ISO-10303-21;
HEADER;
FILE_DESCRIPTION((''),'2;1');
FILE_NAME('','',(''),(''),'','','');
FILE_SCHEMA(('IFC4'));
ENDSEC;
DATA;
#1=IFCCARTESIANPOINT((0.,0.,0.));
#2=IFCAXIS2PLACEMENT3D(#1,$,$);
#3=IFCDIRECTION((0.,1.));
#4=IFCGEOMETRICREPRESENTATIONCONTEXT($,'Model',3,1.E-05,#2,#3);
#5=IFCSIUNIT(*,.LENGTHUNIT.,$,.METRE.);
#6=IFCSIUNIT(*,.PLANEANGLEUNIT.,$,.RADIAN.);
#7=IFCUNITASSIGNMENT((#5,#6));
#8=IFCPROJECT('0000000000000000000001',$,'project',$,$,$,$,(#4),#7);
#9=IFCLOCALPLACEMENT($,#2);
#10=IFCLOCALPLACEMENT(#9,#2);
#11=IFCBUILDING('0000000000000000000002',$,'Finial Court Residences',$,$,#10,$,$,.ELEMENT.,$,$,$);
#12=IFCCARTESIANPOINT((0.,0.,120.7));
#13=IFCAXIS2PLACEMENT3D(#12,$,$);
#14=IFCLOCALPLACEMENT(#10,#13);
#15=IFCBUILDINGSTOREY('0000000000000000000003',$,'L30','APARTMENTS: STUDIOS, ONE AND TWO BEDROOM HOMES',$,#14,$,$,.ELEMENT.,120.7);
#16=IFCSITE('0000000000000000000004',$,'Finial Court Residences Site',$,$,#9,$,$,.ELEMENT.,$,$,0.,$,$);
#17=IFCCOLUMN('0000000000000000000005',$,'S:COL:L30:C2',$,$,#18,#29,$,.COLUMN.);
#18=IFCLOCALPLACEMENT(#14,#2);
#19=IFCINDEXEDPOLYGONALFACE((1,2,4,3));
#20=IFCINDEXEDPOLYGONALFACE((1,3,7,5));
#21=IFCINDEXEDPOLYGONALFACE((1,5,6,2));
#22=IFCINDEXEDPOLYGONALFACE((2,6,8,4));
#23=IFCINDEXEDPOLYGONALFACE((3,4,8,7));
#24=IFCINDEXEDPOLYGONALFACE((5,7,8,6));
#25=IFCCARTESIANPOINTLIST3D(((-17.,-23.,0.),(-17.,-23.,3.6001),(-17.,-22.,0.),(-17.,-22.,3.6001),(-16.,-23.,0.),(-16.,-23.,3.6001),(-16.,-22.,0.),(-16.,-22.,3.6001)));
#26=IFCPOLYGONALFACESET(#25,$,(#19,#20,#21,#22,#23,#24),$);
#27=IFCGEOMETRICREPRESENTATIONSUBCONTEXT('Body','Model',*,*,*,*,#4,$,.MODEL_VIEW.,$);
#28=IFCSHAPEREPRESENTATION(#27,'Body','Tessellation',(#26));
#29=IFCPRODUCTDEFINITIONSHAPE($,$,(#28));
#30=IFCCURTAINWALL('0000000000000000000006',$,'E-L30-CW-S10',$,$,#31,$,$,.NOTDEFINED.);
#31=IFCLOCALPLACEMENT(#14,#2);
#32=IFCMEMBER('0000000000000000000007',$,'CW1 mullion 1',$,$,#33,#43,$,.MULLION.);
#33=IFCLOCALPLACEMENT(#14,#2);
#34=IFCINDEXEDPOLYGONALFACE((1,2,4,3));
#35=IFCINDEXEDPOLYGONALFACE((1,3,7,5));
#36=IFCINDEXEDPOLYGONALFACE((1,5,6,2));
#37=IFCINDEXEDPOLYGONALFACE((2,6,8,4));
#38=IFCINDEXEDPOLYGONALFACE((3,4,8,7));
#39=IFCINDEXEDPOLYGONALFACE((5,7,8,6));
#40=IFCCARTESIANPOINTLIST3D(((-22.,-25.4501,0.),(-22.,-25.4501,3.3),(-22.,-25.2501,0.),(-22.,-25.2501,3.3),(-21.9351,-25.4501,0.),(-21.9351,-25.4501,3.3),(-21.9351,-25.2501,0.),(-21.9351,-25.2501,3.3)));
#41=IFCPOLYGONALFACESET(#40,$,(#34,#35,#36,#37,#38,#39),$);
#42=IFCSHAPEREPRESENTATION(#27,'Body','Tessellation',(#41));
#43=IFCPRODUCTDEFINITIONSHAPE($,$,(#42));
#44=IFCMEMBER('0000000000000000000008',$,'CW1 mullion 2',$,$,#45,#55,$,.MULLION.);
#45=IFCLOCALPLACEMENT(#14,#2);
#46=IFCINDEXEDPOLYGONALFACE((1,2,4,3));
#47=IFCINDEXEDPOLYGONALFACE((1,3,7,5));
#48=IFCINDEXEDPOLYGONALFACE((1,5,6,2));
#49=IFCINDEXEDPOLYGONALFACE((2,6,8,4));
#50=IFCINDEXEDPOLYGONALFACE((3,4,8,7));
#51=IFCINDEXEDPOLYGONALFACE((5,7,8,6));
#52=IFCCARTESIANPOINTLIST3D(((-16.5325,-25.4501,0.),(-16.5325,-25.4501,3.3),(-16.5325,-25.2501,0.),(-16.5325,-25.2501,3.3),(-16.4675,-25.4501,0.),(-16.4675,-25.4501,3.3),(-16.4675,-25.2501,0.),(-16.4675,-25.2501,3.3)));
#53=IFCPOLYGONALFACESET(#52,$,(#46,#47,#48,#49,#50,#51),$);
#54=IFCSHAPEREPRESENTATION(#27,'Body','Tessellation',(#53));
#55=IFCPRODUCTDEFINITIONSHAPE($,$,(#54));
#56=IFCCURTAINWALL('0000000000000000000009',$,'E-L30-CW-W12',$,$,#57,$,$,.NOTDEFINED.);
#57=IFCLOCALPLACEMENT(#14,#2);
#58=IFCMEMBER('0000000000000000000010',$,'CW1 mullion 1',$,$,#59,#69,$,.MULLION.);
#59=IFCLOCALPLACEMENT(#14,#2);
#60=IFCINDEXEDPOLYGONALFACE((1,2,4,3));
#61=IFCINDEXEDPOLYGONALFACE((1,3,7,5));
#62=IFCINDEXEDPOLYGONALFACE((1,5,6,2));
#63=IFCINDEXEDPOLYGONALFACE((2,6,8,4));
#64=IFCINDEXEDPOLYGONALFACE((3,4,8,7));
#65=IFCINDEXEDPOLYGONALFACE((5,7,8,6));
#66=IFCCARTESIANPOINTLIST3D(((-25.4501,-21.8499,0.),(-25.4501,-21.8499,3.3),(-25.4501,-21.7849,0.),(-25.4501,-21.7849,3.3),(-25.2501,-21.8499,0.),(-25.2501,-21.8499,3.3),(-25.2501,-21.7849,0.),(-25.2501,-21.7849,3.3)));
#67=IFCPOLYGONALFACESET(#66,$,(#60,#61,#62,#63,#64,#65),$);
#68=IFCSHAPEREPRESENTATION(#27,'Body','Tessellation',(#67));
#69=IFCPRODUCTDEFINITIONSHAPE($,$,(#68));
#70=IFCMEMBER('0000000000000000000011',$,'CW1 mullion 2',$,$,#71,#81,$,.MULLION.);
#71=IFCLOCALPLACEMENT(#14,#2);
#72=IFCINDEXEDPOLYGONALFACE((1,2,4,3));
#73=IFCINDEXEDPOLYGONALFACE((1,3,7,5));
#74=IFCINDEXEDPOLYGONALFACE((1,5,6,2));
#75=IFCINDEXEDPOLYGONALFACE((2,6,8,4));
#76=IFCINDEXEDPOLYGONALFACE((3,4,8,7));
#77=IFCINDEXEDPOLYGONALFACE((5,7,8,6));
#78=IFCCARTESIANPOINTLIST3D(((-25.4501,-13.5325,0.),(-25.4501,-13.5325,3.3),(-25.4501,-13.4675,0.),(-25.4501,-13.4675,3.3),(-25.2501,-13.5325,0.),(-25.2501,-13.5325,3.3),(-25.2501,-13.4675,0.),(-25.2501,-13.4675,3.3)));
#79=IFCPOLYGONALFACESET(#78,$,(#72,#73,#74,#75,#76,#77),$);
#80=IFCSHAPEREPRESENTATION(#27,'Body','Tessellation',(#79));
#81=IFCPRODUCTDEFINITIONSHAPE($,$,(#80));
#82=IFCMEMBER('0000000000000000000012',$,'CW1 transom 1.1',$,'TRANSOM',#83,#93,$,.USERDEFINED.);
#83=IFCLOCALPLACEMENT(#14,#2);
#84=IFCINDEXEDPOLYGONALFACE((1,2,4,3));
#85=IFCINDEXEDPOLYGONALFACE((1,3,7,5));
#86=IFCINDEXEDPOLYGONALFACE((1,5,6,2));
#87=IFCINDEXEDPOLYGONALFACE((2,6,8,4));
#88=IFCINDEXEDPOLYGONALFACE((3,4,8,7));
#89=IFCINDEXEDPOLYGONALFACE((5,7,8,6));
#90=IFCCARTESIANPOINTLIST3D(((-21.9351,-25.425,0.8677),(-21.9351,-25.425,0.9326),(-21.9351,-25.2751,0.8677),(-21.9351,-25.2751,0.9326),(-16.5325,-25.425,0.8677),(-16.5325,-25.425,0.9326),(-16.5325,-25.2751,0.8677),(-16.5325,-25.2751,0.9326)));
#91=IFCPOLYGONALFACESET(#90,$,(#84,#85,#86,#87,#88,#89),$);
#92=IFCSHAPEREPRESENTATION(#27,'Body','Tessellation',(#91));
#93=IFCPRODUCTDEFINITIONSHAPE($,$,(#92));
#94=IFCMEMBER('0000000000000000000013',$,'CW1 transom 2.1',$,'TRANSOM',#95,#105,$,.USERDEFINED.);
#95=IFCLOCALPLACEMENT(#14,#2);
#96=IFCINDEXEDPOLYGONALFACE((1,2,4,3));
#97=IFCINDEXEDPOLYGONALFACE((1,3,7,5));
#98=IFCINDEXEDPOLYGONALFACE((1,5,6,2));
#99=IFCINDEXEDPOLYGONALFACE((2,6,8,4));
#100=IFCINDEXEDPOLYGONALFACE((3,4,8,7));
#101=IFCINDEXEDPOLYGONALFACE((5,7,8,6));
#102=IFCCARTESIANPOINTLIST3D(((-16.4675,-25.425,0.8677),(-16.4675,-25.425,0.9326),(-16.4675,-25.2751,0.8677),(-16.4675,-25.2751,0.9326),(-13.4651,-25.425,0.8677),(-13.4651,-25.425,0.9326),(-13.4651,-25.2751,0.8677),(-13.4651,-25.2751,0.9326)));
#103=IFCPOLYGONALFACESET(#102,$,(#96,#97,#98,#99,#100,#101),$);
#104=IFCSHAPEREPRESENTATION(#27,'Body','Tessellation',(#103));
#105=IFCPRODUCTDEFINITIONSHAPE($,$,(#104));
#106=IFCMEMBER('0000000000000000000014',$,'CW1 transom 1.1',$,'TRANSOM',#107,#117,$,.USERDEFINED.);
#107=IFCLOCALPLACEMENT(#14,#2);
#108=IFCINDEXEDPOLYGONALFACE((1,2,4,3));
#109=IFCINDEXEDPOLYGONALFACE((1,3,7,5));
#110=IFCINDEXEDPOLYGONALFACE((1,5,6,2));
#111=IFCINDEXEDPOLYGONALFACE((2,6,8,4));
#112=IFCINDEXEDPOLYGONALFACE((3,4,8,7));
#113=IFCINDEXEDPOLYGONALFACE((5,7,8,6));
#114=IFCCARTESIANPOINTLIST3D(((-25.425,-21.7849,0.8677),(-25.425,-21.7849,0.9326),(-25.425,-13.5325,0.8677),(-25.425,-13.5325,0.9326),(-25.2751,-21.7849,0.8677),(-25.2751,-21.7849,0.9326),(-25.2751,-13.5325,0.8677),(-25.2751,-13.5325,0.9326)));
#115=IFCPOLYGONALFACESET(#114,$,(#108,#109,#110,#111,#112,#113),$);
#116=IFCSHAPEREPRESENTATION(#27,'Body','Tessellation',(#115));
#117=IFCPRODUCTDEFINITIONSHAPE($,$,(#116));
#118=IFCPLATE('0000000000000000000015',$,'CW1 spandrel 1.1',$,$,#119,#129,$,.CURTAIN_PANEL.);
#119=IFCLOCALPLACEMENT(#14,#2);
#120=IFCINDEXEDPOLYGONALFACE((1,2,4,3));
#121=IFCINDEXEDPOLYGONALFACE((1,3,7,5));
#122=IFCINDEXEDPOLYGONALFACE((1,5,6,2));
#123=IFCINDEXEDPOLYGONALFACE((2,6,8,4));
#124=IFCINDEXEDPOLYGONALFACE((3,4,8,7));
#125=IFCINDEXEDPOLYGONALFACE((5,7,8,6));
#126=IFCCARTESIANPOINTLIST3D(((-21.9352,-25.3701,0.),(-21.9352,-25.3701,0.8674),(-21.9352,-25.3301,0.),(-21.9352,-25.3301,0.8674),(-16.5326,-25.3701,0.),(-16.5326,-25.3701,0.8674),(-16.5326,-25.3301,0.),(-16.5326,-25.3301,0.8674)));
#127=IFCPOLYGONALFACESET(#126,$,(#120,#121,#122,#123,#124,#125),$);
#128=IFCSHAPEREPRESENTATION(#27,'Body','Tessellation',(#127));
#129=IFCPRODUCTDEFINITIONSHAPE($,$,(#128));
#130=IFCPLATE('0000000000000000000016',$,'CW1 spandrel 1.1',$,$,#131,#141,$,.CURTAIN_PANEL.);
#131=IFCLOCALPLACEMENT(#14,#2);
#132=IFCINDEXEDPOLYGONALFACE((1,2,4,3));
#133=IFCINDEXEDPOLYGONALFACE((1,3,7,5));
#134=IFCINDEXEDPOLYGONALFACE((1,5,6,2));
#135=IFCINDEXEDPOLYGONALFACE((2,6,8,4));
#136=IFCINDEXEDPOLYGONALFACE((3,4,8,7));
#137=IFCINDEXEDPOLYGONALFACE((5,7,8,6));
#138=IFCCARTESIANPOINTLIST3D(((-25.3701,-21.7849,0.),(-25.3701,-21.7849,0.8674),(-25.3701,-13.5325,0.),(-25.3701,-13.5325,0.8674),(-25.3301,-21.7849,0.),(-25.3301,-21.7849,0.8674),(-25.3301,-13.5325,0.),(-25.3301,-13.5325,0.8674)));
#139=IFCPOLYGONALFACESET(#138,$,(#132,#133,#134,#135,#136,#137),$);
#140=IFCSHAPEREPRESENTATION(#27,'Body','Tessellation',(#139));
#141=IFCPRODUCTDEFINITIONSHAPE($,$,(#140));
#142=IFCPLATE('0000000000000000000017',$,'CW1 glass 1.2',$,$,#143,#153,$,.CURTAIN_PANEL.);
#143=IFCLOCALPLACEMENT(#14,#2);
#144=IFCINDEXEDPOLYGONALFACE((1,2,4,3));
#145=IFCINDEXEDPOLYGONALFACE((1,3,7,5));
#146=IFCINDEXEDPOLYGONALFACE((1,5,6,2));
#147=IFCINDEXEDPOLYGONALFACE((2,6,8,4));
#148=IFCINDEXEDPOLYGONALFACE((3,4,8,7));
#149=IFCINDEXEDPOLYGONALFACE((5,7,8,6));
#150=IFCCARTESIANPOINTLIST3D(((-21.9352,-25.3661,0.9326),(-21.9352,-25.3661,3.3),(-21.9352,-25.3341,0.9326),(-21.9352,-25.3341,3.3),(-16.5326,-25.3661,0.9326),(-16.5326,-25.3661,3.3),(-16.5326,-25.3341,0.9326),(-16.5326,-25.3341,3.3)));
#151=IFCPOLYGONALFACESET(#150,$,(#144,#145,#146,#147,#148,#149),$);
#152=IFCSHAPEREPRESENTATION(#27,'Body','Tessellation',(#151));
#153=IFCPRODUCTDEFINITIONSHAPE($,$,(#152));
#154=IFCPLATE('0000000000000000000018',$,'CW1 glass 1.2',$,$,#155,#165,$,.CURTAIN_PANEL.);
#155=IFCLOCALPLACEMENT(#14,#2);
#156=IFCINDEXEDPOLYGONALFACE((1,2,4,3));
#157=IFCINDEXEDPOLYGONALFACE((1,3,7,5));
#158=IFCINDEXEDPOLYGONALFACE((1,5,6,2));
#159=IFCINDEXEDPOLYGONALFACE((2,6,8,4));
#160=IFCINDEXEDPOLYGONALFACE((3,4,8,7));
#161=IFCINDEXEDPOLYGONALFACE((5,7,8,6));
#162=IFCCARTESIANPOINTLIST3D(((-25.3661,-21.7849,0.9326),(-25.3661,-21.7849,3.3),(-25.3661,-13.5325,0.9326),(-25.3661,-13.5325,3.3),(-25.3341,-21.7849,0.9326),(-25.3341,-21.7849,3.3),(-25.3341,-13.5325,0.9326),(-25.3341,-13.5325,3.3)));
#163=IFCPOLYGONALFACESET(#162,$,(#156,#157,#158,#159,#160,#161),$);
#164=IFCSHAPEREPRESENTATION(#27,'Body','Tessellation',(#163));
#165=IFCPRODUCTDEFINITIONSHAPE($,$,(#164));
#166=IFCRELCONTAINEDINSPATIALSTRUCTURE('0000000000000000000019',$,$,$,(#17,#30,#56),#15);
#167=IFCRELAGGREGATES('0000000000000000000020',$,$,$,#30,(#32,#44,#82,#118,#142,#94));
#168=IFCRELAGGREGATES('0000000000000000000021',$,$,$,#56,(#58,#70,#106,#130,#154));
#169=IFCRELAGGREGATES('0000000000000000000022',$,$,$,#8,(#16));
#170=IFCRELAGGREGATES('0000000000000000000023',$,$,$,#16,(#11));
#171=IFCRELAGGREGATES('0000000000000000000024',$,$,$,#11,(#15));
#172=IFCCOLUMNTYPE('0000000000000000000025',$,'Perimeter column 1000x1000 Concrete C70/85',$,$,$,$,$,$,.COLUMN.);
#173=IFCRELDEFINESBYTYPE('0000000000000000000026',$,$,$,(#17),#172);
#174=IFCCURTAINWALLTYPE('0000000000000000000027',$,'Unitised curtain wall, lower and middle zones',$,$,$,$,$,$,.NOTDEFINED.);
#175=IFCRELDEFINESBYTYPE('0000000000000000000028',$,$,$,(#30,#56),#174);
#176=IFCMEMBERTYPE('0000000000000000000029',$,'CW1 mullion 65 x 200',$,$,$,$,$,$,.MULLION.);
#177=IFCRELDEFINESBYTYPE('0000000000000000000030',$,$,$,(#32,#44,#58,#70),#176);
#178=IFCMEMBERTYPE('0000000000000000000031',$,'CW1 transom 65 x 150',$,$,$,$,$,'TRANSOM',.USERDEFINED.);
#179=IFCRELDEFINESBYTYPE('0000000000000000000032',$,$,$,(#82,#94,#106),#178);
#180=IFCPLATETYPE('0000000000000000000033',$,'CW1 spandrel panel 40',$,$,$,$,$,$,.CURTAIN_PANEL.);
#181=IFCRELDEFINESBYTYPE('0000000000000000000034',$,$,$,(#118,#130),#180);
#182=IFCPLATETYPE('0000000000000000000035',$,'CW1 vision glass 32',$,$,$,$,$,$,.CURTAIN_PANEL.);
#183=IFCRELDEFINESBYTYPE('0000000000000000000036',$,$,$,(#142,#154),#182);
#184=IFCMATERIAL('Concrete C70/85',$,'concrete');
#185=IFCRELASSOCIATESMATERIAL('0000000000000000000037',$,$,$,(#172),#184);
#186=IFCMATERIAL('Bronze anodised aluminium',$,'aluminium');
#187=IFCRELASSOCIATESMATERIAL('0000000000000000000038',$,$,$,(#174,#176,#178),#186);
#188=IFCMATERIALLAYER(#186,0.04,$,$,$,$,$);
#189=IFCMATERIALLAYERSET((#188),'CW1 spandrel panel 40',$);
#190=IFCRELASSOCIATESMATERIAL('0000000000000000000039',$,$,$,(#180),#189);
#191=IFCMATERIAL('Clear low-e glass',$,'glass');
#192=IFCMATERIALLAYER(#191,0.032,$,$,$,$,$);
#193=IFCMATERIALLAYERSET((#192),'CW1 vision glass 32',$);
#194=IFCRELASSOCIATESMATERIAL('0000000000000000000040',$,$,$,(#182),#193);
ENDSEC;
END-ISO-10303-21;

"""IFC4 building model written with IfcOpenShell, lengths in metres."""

from ifc_helpers import new_model, si_unit, direction, frame, origin, origin_2d, place, context, subcontext, project, spatial, rectangle, extrude, material, layer, layer_set, material_profile, profile_set, type_object, element, aggregate, save


model = new_model("IFC4")

# Units and contexts
model_context = context("Model", 3, precision=1e-05, world=origin(), true_north=direction((0.0, 1.0)))
body_context = subcontext(model_context, "Body", "Model", "MODEL_VIEW")
ifc_project = project(units=[si_unit("LENGTHUNIT", "METRE"), si_unit("PLANEANGLEUNIT", "RADIAN")], contexts=[model_context])

# Site, building, storey
site_placement = place(None, origin())
site = spatial("IfcSite", under=ifc_project, at=site_placement, Name="Finial Court Residences Site", CompositionType="ELEMENT", RefElevation=0.0)
building_placement = place(site_placement, origin())
building = spatial("IfcBuilding", under=site, at=building_placement, Name="Finial Court Residences", CompositionType="ELEMENT")
storey_placement = place(building_placement, frame((0.0, 0.0, 120.7)))
storey = spatial("IfcBuildingStorey", under=building, at=storey_placement, Name="L30", Description="APARTMENTS: STUDIOS, ONE AND TWO BEDROOM HOMES", CompositionType="ELEMENT", Elevation=120.7)

# Column
ifc_material_1 = material(Name="Concrete C70/85", Category="concrete")
ifc_material_profile_1 = material_profile(ifc_material_1, rectangle(XDim=1.0, YDim=1.0, at=origin_2d()), Name="1000x1000")
ifc_profile_set_1 = profile_set([ifc_material_profile_1], Name="Concrete C70/85")
column_type = type_object("IfcColumnType", Name="Perimeter column 1000x1000 Concrete C70/85", PredefinedType="COLUMN", material=ifc_profile_set_1)
column_placement = place(storey_placement, frame((-16.5, -22.5, 0.0), z_axis=(0.0, 0.0, 1.0), x_axis=(1.0, 0.0, 0.0)))
element("IfcColumn", 1, at=column_placement, inside=storey, type_object=column_type, Name="S:COL:L30:C2", PredefinedType="COLUMN", context=body_context, shape_type="SweptSolid", body=[
    extrude(rectangle(XDim=1.0, YDim=1.0, at=origin_2d()), origin(), (0.0, 0.0, 1.0), 3.6001),
])

# Curtain walls, members
ifc_material_2 = material(Name="Bronze anodised aluminium", Category="aluminium")
curtain_wall_type = type_object("IfcCurtainWallType", Name="Unitised curtain wall, lower and middle zones", PredefinedType="NOTDEFINED", material=ifc_material_2)
curtain_wall_1_placement = place(storey_placement, origin())
curtain_wall_1 = element("IfcCurtainWall", 2, at=curtain_wall_1_placement, inside=storey, type_object=curtain_wall_type, Name="E-L30-CW-S10", PredefinedType="NOTDEFINED")
ifc_material_profile_2 = material_profile(ifc_material_2, rectangle(XDim=0.2, YDim=0.0649, at=origin_2d()), Name="CW1 mullion 65 x 200")
ifc_profile_set_2 = profile_set([ifc_material_profile_2], Name="Bronze anodised aluminium")
member_type_1 = type_object("IfcMemberType", Name="CW1 mullion 65 x 200", PredefinedType="MULLION", material=ifc_profile_set_2)
member_1_placement = place(storey_placement, frame((-21.9675, -25.3501, 0.0), z_axis=(0.0, 0.0, 1.0), x_axis=(0.0, 1.0, 0.0)))
member_1 = element("IfcMember", 3, at=member_1_placement, type_object=member_type_1, Name="CW1 mullion 1", PredefinedType="MULLION", context=body_context, shape_type="SweptSolid", body=[
    extrude(rectangle(XDim=0.2, YDim=0.0649, at=origin_2d()), origin(), (0.0, 0.0, 1.0), 3.3),
])
member_2_placement = place(storey_placement, frame((-16.5, -25.3501, 0.0), z_axis=(0.0, 0.0, 1.0), x_axis=(0.0, 1.0, 0.0)))
member_2 = element("IfcMember", 4, at=member_2_placement, type_object=member_type_1, Name="CW1 mullion 2", PredefinedType="MULLION", context=body_context, shape_type="SweptSolid", body=[
    extrude(rectangle(XDim=0.2, YDim=0.0649, at=origin_2d()), origin(), (0.0, 0.0, 1.0), 3.3),
])
curtain_wall_2_placement = place(storey_placement, origin())
curtain_wall_2 = element("IfcCurtainWall", 5, at=curtain_wall_2_placement, inside=storey, type_object=curtain_wall_type, Name="E-L30-CW-W12", PredefinedType="NOTDEFINED")
member_3_placement = place(storey_placement, frame((-25.3501, -21.8174, 0.0), z_axis=(0.0, 0.0, 1.0), x_axis=(-1.0, 0.0, 0.0)))
member_3 = element("IfcMember", 6, at=member_3_placement, type_object=member_type_1, Name="CW1 mullion 1", PredefinedType="MULLION", context=body_context, shape_type="SweptSolid", body=[
    extrude(rectangle(XDim=0.2, YDim=0.0649, at=origin_2d()), origin(), (0.0, 0.0, 1.0), 3.3),
])
member_4_placement = place(storey_placement, frame((-25.3501, -13.5, 0.0), z_axis=(0.0, 0.0, 1.0), x_axis=(-1.0, 0.0, 0.0)))
member_4 = element("IfcMember", 7, at=member_4_placement, type_object=member_type_1, Name="CW1 mullion 2", PredefinedType="MULLION", context=body_context, shape_type="SweptSolid", body=[
    extrude(rectangle(XDim=0.2, YDim=0.0649, at=origin_2d()), origin(), (0.0, 0.0, 1.0), 3.3),
])

# Members
ifc_material_profile_3 = material_profile(ifc_material_2, rectangle(XDim=0.1499, YDim=0.0649, at=origin_2d()), Name="CW1 transom 65 x 150")
ifc_profile_set_3 = profile_set([ifc_material_profile_3], Name="Bronze anodised aluminium")
member_type_2 = type_object("IfcMemberType", Name="CW1 transom 65 x 150", ElementType="TRANSOM", PredefinedType="USERDEFINED", material=ifc_profile_set_3)
member_5_placement = place(storey_placement, frame((-21.9351, -25.3501, 0.9001), z_axis=(1.0, 0.0, 0.0), x_axis=(0.0, 1.0, 0.0)))
member_5 = element("IfcMember", 8, at=member_5_placement, type_object=member_type_2, Name="CW1 transom 1.1", ObjectType="TRANSOM", PredefinedType="USERDEFINED", context=body_context, shape_type="SweptSolid", body=[
    extrude(rectangle(XDim=0.1499, YDim=0.0649, at=origin_2d()), origin(), (0.0, 0.0, 1.0), 5.4026),
])
member_6_placement = place(storey_placement, frame((-16.4675, -25.3501, 0.9001), z_axis=(1.0, 0.0, 0.0), x_axis=(0.0, 1.0, 0.0)))
member_6 = element("IfcMember", 9, at=member_6_placement, type_object=member_type_2, Name="CW1 transom 2.1", ObjectType="TRANSOM", PredefinedType="USERDEFINED", context=body_context, shape_type="SweptSolid", body=[
    extrude(rectangle(XDim=0.1499, YDim=0.0649, at=origin_2d()), origin(), (0.0, 0.0, 1.0), 3.0024),
])
member_7_placement = place(storey_placement, frame((-25.3501, -21.7849, 0.9001), z_axis=(0.0, 1.0, 0.0), x_axis=(-1.0, 0.0, 0.0)))
member_7 = element("IfcMember", 10, at=member_7_placement, type_object=member_type_2, Name="CW1 transom 1.1", ObjectType="TRANSOM", PredefinedType="USERDEFINED", context=body_context, shape_type="SweptSolid", body=[
    extrude(rectangle(XDim=0.1499, YDim=0.0649, at=origin_2d()), origin(), (0.0, 0.0, 1.0), 8.2524),
])

# Plates
ifc_layer_1 = layer(ifc_material_2, 0.04)
ifc_layer_set_1 = layer_set([ifc_layer_1], Name="CW1 spandrel panel 40")
plate_type_1 = type_object("IfcPlateType", Name="CW1 spandrel panel 40", PredefinedType="CURTAIN_PANEL", material=ifc_layer_set_1)
plate_1_placement = place(storey_placement, frame((-19.2339, -25.3501, 0.0), z_axis=(0.0, 0.0, 1.0), x_axis=(1.0, 0.0, 0.0)))
plate_1 = element("IfcPlate", 11, at=plate_1_placement, type_object=plate_type_1, Name="CW1 spandrel 1.1", PredefinedType="CURTAIN_PANEL", context=body_context, shape_type="SweptSolid", body=[
    extrude(rectangle(XDim=5.4026, YDim=0.04, at=origin_2d()), origin(), (0.0, 0.0, 1.0), 0.8674),
])
plate_2_placement = place(storey_placement, frame((-25.3501, -17.6587, 0.0), z_axis=(0.0, 0.0, 1.0), x_axis=(0.0, 1.0, 0.0)))
plate_2 = element("IfcPlate", 12, at=plate_2_placement, type_object=plate_type_1, Name="CW1 spandrel 1.1", PredefinedType="CURTAIN_PANEL", context=body_context, shape_type="SweptSolid", body=[
    extrude(rectangle(XDim=8.2524, YDim=0.04, at=origin_2d()), origin(), (0.0, 0.0, 1.0), 0.8674),
])
ifc_material_3 = material(Name="Clear low-e glass", Category="glass")
ifc_layer_2 = layer(ifc_material_3, 0.032)
ifc_layer_set_2 = layer_set([ifc_layer_2], Name="CW1 vision glass 32")
plate_type_2 = type_object("IfcPlateType", Name="CW1 vision glass 32", PredefinedType="CURTAIN_PANEL", material=ifc_layer_set_2)
plate_3_placement = place(storey_placement, frame((-19.2339, -25.3501, 0.9326), z_axis=(0.0, 0.0, 1.0), x_axis=(1.0, 0.0, 0.0)))
plate_3 = element("IfcPlate", 13, at=plate_3_placement, type_object=plate_type_2, Name="CW1 glass 1.2", PredefinedType="CURTAIN_PANEL", context=body_context, shape_type="SweptSolid", body=[
    extrude(rectangle(XDim=5.4026, YDim=0.032, at=origin_2d()), origin(), (0.0, 0.0, 1.0), 2.3674),
])
aggregate(curtain_wall_1, [member_1, member_2, member_5, plate_1, plate_3, member_6])
plate_4_placement = place(storey_placement, frame((-25.3501, -17.6587, 0.9326), z_axis=(0.0, 0.0, 1.0), x_axis=(0.0, 1.0, 0.0)))
plate_4 = element("IfcPlate", 14, at=plate_4_placement, type_object=plate_type_2, Name="CW1 glass 1.2", PredefinedType="CURTAIN_PANEL", context=body_context, shape_type="SweptSolid", body=[
    extrude(rectangle(XDim=8.2524, YDim=0.032, at=origin_2d()), origin(), (0.0, 0.0, 1.0), 2.3674),
])
aggregate(curtain_wall_2, [member_3, member_4, member_7, plate_2, plate_4])

save(model, "model.ifc")
